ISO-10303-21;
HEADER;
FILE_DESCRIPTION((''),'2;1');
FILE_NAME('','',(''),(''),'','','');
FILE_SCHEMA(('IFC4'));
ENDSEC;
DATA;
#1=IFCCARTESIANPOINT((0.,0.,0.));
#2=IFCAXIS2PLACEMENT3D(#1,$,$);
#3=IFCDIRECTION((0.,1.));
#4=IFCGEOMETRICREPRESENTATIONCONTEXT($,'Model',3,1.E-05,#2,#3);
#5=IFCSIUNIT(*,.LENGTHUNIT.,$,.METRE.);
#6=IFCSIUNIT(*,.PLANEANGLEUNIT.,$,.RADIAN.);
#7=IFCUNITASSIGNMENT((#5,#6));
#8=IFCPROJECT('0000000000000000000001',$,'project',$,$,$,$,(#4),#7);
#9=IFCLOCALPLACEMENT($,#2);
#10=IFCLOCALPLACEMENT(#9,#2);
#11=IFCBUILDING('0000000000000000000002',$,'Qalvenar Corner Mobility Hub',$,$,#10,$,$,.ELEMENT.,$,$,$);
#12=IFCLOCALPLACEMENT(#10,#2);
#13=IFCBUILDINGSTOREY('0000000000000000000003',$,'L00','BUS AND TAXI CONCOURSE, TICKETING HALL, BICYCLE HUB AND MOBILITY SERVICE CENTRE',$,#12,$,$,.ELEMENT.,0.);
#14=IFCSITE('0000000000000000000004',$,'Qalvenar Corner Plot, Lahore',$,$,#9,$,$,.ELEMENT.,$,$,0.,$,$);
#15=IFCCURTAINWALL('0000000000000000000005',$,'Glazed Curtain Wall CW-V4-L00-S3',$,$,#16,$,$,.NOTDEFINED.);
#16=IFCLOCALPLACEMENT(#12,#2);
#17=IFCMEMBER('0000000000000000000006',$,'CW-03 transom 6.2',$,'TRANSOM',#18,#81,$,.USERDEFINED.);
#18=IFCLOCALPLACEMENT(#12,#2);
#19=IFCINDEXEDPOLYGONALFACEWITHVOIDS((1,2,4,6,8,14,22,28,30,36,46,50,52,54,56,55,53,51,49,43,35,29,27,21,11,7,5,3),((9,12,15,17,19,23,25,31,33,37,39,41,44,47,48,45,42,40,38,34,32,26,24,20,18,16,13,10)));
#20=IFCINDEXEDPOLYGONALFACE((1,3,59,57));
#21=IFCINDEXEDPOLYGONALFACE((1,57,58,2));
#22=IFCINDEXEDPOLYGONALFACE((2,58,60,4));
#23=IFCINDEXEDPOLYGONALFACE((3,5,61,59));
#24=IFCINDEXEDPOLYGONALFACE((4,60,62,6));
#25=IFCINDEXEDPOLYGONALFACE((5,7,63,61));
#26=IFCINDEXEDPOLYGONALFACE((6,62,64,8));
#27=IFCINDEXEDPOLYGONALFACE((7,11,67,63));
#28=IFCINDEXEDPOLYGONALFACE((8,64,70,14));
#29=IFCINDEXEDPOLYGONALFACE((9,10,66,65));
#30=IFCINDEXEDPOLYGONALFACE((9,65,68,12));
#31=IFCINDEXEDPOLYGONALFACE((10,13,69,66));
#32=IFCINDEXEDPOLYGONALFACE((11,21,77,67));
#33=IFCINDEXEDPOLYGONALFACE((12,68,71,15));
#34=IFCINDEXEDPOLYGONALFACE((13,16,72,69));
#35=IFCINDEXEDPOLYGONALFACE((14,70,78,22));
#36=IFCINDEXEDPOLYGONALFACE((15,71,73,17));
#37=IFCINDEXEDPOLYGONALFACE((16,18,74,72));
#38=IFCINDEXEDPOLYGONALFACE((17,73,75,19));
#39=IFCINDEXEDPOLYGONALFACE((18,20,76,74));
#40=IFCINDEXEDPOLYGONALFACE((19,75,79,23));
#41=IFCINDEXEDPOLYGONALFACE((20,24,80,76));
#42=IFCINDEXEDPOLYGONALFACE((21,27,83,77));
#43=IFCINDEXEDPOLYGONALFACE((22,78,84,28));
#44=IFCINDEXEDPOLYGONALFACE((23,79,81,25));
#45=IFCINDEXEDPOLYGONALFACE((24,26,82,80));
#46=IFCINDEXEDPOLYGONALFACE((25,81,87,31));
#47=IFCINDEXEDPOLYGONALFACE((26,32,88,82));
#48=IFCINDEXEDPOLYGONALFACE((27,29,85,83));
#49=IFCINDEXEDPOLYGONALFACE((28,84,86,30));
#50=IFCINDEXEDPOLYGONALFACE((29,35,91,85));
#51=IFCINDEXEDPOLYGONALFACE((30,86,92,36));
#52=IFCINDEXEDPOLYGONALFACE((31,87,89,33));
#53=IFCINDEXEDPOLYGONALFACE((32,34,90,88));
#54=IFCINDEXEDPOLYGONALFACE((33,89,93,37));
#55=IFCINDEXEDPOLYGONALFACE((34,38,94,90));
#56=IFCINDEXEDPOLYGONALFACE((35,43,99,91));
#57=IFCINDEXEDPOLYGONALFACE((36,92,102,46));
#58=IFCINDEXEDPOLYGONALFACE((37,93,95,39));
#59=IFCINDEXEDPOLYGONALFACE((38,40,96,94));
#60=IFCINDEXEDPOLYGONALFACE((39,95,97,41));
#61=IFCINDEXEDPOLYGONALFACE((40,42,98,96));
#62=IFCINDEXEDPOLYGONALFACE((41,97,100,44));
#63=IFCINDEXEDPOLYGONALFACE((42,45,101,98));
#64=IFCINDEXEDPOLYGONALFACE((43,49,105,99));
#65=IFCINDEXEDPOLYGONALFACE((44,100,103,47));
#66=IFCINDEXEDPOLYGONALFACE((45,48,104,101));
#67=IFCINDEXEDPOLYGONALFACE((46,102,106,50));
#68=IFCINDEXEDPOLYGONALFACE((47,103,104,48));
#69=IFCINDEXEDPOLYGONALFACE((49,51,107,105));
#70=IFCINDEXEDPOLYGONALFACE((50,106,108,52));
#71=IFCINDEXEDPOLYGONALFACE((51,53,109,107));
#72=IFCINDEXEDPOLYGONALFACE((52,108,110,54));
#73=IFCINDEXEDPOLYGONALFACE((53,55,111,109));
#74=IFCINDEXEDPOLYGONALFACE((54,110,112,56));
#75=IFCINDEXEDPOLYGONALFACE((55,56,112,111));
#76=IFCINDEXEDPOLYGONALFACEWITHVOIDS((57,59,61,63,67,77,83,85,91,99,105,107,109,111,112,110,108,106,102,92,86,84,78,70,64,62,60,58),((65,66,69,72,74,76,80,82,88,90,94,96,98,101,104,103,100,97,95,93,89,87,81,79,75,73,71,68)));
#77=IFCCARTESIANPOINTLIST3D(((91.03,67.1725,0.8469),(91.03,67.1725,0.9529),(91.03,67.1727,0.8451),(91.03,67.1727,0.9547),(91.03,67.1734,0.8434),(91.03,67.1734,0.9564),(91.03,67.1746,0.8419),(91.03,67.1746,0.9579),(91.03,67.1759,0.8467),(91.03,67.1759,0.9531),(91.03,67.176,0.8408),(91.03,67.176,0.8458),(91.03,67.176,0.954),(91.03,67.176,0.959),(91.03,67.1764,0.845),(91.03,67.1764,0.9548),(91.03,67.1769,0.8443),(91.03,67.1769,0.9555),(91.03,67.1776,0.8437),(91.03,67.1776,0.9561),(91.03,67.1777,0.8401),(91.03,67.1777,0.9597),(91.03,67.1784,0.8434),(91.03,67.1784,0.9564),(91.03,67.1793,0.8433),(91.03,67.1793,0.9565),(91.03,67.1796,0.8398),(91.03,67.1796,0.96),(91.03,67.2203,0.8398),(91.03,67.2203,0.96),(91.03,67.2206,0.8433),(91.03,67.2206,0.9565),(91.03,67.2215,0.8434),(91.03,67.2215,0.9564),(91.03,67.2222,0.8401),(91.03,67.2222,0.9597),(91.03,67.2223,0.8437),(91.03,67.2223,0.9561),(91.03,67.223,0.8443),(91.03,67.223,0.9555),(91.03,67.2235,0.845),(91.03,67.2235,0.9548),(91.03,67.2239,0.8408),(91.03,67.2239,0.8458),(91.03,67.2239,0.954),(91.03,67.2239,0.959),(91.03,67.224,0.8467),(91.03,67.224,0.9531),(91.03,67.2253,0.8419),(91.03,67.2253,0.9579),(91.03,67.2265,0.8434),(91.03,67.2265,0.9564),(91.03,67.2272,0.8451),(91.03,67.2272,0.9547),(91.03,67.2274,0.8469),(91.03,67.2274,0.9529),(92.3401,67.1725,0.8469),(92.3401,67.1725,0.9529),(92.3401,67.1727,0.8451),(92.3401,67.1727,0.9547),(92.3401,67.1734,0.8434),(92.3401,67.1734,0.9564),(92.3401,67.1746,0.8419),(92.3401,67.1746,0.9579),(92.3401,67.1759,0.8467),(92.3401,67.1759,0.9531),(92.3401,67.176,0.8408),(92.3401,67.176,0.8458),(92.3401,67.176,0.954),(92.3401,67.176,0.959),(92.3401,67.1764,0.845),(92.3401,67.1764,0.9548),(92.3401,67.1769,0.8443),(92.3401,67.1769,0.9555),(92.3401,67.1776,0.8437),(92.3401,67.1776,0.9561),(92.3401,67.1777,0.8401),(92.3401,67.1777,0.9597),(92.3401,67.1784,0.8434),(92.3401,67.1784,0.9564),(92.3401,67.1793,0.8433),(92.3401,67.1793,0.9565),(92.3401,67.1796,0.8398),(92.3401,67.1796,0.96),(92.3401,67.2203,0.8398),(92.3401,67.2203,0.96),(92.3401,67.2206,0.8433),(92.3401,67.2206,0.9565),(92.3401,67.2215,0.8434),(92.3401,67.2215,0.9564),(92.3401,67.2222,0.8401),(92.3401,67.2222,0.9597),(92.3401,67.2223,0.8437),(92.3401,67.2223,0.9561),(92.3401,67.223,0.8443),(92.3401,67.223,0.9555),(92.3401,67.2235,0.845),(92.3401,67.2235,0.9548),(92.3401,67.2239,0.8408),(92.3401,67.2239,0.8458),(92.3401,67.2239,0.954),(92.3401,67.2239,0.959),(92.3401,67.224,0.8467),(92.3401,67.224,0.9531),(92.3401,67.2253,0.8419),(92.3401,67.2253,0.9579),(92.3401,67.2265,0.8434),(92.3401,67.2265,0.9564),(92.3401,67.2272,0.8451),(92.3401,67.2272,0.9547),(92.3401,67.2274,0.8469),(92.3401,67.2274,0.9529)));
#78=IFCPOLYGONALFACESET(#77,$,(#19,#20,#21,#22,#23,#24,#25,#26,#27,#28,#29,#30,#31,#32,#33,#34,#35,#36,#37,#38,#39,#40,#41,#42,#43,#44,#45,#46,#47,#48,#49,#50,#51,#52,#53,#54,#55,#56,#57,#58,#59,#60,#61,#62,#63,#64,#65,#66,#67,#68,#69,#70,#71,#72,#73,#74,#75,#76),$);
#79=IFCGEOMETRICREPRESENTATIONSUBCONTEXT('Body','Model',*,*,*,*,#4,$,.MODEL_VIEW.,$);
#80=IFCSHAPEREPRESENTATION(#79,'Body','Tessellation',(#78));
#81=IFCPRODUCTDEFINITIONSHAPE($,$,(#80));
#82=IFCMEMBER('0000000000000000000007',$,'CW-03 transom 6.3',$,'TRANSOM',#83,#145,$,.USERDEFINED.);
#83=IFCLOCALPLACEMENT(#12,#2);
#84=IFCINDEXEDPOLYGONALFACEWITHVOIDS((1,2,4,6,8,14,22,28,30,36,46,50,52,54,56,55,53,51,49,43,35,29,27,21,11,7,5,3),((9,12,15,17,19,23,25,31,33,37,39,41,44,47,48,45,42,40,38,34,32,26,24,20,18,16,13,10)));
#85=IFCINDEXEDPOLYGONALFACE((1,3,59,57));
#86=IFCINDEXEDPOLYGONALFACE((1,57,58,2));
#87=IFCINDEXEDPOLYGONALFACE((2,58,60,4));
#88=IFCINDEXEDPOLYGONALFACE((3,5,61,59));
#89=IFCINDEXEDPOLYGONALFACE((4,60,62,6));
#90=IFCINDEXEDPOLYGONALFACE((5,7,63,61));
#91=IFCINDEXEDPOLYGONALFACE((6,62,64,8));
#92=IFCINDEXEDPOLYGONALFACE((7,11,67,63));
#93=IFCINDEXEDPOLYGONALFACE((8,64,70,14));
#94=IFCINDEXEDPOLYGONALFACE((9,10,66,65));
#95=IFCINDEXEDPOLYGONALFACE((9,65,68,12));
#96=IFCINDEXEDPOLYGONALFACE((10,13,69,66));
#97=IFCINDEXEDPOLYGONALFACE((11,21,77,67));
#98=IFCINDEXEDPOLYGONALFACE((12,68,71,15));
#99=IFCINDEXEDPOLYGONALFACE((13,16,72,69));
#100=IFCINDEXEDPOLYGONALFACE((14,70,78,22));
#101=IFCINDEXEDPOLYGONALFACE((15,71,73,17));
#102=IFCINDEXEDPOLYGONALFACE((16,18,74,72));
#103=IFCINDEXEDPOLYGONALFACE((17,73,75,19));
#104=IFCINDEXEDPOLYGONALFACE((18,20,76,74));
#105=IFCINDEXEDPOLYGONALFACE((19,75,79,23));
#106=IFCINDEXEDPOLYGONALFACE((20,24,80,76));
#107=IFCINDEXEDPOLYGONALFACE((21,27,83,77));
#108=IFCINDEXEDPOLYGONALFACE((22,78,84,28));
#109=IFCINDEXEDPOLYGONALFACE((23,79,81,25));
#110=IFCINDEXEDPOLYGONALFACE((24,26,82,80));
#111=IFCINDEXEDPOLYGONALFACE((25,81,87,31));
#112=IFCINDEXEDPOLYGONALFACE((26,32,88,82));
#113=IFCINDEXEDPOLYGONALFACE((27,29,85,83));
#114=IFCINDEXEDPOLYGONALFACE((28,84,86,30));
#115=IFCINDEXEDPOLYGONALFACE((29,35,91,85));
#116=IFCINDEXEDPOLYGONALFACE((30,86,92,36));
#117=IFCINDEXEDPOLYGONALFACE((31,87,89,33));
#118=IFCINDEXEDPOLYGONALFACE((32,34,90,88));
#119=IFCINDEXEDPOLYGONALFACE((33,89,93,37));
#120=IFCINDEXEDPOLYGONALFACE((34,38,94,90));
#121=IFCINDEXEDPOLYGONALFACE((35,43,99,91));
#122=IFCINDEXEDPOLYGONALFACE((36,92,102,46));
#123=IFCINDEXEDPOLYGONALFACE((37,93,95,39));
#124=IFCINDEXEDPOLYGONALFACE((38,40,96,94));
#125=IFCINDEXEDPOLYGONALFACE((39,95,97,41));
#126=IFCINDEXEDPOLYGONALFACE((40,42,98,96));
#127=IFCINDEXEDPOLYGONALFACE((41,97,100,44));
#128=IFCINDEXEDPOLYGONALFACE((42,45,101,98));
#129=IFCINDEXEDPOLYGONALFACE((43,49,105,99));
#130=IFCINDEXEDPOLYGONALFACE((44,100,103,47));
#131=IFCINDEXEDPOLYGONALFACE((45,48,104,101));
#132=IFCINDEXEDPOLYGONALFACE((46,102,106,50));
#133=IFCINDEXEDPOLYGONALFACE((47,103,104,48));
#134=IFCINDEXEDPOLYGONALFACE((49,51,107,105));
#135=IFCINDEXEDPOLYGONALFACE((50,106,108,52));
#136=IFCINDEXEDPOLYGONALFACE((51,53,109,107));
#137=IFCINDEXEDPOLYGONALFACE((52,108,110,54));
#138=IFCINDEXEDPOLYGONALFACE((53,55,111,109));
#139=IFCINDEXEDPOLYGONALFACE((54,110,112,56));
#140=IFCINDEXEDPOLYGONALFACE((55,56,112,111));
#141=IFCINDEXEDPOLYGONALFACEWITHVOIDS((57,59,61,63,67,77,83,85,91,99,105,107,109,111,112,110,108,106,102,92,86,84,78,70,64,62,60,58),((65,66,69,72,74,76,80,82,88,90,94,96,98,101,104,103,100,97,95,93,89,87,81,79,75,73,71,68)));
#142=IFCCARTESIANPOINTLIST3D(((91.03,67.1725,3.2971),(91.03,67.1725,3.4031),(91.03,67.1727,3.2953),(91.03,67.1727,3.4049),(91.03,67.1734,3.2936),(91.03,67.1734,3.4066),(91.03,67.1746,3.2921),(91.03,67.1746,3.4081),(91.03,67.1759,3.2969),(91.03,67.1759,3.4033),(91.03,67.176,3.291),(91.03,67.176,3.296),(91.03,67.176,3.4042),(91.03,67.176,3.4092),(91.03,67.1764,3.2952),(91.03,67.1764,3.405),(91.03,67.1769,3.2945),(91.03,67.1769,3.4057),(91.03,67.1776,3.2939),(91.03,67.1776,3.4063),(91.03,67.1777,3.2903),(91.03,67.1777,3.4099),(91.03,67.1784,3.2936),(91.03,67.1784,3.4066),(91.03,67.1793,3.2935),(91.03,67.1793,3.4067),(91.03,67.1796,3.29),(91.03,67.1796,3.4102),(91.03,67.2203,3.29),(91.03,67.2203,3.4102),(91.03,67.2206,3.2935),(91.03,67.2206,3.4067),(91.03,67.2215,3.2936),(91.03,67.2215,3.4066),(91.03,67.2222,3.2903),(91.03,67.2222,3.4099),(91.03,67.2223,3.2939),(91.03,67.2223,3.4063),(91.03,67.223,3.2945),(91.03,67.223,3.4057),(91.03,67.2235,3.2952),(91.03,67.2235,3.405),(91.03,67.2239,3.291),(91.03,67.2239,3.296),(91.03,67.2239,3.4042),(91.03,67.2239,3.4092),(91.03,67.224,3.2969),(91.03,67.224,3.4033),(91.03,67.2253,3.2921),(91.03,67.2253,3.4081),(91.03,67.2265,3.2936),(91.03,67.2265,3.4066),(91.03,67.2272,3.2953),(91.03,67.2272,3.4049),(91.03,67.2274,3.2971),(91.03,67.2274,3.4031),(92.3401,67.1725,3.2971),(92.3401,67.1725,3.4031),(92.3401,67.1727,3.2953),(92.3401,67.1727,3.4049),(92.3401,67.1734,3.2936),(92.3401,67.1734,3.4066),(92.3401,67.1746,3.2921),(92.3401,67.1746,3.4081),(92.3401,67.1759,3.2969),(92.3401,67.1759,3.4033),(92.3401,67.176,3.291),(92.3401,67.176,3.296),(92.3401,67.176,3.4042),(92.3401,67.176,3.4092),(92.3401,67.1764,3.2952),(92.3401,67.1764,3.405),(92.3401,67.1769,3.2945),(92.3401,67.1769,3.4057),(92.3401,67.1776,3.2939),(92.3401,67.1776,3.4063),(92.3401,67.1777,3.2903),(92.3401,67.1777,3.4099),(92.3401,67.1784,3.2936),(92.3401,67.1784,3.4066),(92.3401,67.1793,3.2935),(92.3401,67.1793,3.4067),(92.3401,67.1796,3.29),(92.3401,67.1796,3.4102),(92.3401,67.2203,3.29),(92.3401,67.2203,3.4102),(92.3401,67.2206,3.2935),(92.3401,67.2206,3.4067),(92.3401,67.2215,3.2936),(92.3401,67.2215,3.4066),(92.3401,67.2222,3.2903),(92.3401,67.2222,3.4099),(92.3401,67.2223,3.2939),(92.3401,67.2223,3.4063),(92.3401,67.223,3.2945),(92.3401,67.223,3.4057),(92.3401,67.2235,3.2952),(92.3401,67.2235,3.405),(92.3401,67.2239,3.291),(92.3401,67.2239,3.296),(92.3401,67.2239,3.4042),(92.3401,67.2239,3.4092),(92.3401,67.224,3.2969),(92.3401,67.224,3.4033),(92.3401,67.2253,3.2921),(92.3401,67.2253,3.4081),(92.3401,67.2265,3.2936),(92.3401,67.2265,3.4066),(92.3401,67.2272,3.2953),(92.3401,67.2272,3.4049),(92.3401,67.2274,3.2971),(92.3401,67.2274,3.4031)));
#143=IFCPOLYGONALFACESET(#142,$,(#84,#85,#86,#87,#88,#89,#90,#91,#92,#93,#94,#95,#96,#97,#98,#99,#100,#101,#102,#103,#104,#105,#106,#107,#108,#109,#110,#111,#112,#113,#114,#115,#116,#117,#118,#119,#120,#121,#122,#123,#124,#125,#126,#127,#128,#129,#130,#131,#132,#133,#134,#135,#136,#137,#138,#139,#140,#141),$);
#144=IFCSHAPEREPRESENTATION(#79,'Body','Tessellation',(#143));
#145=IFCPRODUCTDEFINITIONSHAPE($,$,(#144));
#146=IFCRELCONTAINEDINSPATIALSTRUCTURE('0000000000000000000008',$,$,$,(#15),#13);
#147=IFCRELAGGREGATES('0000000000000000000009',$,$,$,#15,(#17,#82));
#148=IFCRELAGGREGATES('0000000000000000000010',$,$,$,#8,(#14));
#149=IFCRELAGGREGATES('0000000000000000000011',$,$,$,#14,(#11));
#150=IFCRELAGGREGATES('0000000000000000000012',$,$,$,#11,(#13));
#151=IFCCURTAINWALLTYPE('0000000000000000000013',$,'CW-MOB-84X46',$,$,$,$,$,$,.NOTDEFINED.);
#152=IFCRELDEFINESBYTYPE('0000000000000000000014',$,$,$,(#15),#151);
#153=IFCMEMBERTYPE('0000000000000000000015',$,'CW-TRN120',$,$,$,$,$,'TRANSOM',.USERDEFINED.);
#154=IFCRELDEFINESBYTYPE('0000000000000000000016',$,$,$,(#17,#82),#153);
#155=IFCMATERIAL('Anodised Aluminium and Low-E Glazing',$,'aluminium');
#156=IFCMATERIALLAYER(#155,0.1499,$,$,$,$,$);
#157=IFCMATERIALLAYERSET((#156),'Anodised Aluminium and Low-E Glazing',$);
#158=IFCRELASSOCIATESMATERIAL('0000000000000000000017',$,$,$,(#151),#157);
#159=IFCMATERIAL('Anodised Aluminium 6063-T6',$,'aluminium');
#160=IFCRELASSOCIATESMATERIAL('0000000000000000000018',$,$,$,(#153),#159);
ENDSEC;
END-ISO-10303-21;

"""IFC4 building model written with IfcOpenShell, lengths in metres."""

from ifc_helpers import new_model, si_unit, direction, frame, origin, origin_2d, place, context, subcontext, project, spatial, hollow_rectangle, extrude, material, layer, layer_set, material_profile, profile_set, type_object, element, aggregate, save


model = new_model("IFC4")

# Units and contexts
model_context = context("Model", 3, precision=1e-05, world=origin(), true_north=direction((0.0, 1.0)))
body_context = subcontext(model_context, "Body", "Model", "MODEL_VIEW")
ifc_project = project(units=[si_unit("LENGTHUNIT", "METRE"), si_unit("PLANEANGLEUNIT", "RADIAN")], contexts=[model_context])

# Site, building, storey
site_placement = place(None, origin())
site = spatial("IfcSite", under=ifc_project, at=site_placement, Name="Qalvenar Corner Plot, Lahore", CompositionType="ELEMENT", RefElevation=0.0)
building_placement = place(site_placement, origin())
building = spatial("IfcBuilding", under=site, at=building_placement, Name="Qalvenar Corner Mobility Hub", CompositionType="ELEMENT")
storey_placement = place(building_placement, origin())
storey = spatial("IfcBuildingStorey", under=building, at=storey_placement, Name="L00", Description="BUS AND TAXI CONCOURSE, TICKETING HALL, BICYCLE HUB AND MOBILITY SERVICE CENTRE", CompositionType="ELEMENT", Elevation=0.0)

# Curtain wall
ifc_material_1 = material(Name="Anodised Aluminium and Low-E Glazing", Category="aluminium")
ifc_layer_1 = layer(ifc_material_1, 0.1499)
ifc_layer_set_1 = layer_set([ifc_layer_1], Name="Anodised Aluminium and Low-E Glazing")
curtain_wall_type = type_object("IfcCurtainWallType", Name="CW-MOB-84X46", PredefinedType="NOTDEFINED", material=ifc_layer_set_1)
curtain_wall_1_placement = place(storey_placement, origin())
curtain_wall_1 = element("IfcCurtainWall", 1, at=curtain_wall_1_placement, inside=storey, type_object=curtain_wall_type, Name="Glazed Curtain Wall CW-V4-L00-S3", PredefinedType="NOTDEFINED")
ifc_material_2 = material(Name="Anodised Aluminium 6063-T6", Category="aluminium")

# Members
ifc_material_profile_1 = material_profile(ifc_material_2, hollow_rectangle(XDim=0.0549, YDim=0.1201, WallThickness=0.0034, InnerFilletRadius=0.0034, OuterFilletRadius=0.0071, at=origin_2d()), Name="RHS120x55x3.5")
ifc_profile_set_1 = profile_set([ifc_material_profile_1], Name="Anodised Aluminium 6063-T6")
member_type_1 = type_object("IfcMemberType", Name="CW-TRN120", ElementType="TRANSOM", PredefinedType="USERDEFINED", material=ifc_profile_set_1)
member_1_placement = place(storey_placement, frame((91.03, 67.2, 0.8999), z_axis=(1.0, 0.0, 0.0), x_axis=(0.0, 1.0, 0.0)))
member_1 = element("IfcMember", 2, at=member_1_placement, type_object=member_type_1, Name="CW-03 transom 6.2", ObjectType="TRANSOM", PredefinedType="USERDEFINED", context=body_context, shape_type="SweptSolid", body=[
    extrude(hollow_rectangle(XDim=0.0549, YDim=0.1201, WallThickness=0.0034, InnerFilletRadius=0.0034, OuterFilletRadius=0.0071, at=origin_2d()), origin(), (0.0, 0.0, 1.0), 1.3101),
])
member_2_placement = place(storey_placement, frame((91.03, 67.2, 3.3501), z_axis=(1.0, 0.0, 0.0), x_axis=(0.0, 1.0, 0.0)))
member_2 = element("IfcMember", 3, at=member_2_placement, type_object=member_type_1, Name="CW-03 transom 6.3", ObjectType="TRANSOM", PredefinedType="USERDEFINED", context=body_context, shape_type="SweptSolid", body=[
    extrude(hollow_rectangle(XDim=0.0549, YDim=0.1201, WallThickness=0.0034, InnerFilletRadius=0.0034, OuterFilletRadius=0.0071, at=origin_2d()), origin(), (0.0, 0.0, 1.0), 1.3101),
])

aggregate(curtain_wall_1, [member_1, member_2])

save(model, "model.ifc")
